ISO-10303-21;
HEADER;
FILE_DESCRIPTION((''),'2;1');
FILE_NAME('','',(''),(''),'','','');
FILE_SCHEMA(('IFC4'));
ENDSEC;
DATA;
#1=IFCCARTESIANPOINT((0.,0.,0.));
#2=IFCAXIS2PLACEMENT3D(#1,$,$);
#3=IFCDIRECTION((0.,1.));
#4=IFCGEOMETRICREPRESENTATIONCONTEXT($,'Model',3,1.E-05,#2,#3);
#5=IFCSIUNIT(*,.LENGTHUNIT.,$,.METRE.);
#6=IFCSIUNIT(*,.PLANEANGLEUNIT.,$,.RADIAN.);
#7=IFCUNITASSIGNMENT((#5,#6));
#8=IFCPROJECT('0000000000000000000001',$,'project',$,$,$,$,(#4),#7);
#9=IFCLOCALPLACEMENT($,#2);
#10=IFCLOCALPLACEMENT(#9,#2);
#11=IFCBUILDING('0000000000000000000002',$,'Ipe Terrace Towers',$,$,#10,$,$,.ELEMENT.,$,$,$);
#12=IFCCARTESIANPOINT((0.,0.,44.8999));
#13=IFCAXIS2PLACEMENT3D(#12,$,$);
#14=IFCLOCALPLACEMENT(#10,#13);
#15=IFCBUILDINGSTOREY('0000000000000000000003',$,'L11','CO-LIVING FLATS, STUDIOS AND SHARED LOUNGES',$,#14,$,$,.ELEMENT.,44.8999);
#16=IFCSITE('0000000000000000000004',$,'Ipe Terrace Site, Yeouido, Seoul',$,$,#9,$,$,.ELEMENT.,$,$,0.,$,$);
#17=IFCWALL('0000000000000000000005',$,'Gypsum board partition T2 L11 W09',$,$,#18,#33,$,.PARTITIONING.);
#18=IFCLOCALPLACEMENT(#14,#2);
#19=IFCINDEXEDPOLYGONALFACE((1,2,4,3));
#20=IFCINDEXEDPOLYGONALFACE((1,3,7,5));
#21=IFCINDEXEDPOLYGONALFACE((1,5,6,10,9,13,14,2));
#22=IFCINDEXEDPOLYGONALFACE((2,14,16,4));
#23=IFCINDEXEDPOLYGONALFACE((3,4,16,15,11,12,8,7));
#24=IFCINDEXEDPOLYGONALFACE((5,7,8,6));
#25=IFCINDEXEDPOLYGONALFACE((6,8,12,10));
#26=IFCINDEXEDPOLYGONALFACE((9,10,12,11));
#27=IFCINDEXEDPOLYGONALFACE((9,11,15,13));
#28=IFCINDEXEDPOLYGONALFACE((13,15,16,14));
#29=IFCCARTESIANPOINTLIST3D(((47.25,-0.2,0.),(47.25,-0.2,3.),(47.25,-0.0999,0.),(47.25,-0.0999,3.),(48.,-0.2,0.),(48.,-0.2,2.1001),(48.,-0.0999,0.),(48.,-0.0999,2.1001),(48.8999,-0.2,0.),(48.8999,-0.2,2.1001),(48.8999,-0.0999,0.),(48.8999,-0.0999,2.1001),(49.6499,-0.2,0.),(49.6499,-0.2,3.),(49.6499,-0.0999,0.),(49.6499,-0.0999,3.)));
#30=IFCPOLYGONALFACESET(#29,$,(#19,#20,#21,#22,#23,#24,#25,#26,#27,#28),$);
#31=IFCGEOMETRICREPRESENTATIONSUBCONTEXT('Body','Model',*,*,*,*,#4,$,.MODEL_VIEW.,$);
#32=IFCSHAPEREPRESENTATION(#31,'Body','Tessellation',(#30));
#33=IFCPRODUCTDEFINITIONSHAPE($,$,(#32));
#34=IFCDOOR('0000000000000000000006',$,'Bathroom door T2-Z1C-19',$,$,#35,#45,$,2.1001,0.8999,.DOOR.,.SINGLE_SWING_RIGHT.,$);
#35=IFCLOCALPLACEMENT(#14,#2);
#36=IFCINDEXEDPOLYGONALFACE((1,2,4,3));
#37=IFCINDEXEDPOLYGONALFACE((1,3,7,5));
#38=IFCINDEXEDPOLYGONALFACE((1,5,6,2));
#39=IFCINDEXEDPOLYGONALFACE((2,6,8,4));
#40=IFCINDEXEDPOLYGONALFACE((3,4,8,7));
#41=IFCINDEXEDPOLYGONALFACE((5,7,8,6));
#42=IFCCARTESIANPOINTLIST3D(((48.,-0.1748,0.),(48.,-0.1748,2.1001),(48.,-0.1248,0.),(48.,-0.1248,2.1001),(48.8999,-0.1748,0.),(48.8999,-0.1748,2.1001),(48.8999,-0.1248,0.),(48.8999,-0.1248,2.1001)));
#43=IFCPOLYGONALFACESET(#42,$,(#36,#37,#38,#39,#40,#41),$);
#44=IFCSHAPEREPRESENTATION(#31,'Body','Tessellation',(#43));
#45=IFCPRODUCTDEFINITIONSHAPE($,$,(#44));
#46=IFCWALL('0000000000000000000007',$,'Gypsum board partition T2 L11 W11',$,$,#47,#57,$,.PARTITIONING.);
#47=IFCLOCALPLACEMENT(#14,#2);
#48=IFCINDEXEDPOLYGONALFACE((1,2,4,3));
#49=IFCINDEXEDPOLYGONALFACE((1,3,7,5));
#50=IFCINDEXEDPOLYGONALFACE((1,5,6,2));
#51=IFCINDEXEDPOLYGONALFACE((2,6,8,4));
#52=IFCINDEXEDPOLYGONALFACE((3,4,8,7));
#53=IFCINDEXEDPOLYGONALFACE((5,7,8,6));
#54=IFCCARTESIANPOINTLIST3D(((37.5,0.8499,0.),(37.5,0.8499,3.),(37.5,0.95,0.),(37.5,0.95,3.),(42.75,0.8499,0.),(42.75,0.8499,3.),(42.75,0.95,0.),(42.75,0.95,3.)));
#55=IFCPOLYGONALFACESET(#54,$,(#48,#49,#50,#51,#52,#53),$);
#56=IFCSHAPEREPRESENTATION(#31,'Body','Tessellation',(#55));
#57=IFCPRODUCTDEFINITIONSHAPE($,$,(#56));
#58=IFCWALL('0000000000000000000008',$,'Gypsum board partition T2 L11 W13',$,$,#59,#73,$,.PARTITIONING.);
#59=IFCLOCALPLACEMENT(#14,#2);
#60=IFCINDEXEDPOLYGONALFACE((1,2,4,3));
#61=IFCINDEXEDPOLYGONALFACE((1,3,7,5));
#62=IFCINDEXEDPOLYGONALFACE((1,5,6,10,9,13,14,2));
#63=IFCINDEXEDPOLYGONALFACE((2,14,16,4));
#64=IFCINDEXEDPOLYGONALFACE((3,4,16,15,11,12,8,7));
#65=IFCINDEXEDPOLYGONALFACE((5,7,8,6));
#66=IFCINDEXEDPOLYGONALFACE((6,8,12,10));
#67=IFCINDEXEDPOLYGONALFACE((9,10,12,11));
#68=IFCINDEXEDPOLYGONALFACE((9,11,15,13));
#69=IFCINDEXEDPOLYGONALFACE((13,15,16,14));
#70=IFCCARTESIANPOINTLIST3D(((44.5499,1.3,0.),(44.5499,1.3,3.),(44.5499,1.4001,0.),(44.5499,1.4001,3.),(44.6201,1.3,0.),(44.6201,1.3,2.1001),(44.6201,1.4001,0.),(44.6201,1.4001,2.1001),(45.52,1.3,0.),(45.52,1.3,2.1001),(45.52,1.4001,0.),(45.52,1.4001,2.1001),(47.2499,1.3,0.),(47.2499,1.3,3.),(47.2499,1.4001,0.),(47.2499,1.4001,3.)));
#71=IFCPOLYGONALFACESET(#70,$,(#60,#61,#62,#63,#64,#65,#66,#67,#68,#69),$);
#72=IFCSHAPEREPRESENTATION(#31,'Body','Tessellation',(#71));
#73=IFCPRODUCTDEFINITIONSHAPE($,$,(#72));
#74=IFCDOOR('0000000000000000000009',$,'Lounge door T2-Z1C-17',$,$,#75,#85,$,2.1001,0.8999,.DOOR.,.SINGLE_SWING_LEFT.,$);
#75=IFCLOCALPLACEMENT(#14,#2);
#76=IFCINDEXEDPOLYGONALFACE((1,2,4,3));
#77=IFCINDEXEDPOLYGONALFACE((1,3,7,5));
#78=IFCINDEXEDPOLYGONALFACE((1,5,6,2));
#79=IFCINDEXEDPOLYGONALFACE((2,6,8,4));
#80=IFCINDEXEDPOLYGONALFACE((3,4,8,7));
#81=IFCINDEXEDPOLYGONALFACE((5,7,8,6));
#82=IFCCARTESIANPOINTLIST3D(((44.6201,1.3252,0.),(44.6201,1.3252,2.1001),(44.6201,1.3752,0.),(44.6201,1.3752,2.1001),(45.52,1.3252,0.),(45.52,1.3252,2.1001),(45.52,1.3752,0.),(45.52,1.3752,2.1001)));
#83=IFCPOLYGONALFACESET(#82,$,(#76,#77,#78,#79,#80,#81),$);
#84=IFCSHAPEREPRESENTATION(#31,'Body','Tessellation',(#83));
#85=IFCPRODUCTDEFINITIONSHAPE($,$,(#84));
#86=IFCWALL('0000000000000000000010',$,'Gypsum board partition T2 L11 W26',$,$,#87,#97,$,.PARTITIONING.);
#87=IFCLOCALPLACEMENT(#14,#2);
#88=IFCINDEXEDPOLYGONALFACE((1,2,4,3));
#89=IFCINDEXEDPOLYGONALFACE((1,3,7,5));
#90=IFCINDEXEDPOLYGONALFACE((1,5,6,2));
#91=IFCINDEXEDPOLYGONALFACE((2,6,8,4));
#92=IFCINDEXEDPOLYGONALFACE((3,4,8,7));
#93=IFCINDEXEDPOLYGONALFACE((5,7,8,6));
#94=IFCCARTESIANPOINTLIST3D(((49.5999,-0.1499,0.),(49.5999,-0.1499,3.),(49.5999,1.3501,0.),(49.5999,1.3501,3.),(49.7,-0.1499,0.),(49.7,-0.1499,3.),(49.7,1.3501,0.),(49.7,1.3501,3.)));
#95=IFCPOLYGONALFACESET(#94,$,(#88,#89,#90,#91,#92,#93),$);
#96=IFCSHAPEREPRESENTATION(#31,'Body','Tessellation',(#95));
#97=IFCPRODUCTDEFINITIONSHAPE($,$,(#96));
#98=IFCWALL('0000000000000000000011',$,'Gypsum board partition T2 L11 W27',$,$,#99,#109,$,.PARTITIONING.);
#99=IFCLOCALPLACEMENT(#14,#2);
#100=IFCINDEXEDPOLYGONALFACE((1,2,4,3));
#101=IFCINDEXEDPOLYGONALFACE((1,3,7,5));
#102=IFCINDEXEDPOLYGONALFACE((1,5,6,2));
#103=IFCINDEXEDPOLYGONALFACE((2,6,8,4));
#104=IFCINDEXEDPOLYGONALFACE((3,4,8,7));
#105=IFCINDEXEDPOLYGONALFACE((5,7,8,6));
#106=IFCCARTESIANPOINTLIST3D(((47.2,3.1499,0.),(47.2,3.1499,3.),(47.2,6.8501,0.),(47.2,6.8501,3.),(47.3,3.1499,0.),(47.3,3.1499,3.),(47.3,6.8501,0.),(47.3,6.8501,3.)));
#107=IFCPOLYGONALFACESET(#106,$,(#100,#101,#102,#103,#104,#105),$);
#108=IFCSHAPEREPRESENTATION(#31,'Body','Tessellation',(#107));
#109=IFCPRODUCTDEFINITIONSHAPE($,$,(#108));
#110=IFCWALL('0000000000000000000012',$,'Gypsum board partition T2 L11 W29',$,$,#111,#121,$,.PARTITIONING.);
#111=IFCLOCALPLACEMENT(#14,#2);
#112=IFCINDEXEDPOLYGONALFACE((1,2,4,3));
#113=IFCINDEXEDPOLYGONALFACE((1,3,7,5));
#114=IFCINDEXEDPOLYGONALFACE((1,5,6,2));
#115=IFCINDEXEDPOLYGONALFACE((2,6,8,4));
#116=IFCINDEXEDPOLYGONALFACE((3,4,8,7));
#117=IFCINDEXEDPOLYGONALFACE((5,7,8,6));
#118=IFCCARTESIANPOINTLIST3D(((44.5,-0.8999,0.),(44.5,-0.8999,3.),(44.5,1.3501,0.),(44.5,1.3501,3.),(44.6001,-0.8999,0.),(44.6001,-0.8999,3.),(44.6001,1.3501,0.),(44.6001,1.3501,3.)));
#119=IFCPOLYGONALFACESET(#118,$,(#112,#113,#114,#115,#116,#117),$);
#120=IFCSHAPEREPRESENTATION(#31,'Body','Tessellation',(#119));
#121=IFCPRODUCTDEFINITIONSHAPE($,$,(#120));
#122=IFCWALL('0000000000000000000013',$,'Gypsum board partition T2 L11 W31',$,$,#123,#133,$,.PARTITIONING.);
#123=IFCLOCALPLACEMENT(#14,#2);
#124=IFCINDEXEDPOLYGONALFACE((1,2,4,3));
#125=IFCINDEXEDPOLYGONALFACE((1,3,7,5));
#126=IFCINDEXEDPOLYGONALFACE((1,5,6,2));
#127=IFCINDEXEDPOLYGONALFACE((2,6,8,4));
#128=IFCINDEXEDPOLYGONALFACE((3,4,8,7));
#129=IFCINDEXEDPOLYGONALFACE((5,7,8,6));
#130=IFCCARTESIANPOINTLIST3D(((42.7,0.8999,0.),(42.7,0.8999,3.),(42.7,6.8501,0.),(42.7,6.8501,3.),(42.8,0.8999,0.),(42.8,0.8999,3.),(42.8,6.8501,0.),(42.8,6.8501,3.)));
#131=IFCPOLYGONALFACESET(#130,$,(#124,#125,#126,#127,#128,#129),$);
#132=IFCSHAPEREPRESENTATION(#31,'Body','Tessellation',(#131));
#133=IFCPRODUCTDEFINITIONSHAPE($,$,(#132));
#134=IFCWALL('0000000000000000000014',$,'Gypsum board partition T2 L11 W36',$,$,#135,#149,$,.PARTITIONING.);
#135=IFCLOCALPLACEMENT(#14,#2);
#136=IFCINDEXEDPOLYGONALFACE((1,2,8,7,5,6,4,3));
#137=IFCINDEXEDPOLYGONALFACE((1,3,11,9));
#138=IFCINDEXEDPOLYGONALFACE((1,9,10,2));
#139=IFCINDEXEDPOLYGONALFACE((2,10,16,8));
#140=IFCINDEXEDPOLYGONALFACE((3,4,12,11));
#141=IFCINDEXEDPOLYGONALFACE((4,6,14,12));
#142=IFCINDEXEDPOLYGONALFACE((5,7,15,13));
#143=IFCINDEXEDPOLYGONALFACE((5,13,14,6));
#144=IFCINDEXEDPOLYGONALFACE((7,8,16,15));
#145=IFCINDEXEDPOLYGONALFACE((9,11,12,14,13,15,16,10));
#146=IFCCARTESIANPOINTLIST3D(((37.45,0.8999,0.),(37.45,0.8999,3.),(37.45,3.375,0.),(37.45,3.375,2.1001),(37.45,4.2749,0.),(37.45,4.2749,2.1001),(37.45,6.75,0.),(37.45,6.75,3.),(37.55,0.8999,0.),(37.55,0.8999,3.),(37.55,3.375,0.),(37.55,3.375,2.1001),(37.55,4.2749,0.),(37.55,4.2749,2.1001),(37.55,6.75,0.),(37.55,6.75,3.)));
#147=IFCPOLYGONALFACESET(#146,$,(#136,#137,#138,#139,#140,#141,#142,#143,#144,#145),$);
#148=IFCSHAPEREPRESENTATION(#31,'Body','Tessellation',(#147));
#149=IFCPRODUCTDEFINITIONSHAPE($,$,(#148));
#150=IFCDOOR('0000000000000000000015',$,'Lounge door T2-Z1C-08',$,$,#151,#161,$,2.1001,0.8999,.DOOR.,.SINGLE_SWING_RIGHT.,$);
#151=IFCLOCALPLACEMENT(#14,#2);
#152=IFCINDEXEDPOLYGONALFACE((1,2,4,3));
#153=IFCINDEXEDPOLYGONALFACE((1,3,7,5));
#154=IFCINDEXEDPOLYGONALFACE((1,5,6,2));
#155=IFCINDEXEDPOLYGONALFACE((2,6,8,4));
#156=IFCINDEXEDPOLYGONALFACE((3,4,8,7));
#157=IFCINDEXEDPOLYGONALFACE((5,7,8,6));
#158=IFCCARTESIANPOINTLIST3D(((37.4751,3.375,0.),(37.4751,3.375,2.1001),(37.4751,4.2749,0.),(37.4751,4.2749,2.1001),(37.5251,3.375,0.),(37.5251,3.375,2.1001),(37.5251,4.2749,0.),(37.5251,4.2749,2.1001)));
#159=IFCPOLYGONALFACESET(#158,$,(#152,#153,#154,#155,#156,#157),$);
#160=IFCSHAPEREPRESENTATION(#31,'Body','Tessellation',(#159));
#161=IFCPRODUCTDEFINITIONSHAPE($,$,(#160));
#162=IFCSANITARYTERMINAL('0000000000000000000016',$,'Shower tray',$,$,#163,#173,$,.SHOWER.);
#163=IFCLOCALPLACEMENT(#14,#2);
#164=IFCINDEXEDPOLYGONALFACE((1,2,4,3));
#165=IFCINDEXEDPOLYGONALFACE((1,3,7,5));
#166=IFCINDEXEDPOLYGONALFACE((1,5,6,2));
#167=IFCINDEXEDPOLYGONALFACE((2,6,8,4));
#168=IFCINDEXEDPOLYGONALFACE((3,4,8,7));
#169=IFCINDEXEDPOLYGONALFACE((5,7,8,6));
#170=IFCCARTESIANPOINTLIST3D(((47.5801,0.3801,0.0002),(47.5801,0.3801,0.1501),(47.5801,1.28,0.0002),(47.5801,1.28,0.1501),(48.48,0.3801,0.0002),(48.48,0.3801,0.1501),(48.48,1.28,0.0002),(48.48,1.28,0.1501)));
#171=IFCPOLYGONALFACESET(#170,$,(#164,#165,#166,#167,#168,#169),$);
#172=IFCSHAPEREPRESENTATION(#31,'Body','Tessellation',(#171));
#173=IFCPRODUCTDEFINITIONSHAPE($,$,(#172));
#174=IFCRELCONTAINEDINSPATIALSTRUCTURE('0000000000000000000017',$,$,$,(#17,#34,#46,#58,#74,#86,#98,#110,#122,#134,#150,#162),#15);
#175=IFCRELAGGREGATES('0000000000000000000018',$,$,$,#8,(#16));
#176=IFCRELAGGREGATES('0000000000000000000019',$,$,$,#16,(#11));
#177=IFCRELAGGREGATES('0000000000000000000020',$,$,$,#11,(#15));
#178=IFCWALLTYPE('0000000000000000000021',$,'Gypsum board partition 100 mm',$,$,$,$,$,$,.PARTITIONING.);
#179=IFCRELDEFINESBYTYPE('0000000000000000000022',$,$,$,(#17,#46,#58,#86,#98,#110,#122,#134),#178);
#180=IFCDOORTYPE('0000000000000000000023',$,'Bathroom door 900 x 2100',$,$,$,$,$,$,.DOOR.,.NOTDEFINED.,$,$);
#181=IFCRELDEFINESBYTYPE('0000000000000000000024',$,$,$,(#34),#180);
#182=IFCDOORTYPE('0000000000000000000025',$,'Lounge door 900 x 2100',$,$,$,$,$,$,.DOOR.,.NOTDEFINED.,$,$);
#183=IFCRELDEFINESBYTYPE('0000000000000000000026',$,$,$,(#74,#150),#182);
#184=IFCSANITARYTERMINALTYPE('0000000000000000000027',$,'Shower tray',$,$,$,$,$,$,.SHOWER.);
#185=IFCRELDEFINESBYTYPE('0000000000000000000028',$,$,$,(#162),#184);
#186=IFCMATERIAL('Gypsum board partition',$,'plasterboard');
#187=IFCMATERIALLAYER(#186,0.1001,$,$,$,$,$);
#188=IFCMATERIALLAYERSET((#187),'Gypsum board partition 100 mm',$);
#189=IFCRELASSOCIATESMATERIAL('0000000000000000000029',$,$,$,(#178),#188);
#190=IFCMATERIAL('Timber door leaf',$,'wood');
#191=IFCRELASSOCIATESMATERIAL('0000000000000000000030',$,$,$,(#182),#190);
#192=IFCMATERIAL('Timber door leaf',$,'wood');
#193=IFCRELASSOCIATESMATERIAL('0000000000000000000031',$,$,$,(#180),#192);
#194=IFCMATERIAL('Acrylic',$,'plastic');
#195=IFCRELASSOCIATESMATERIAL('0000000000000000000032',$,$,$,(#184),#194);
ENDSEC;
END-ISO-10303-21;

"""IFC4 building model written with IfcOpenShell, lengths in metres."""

from ifc_helpers import new_model, si_unit, direction, frame, frame_2d, origin, origin_2d, place, context, subcontext, project, spatial, rectangle, extrude, material, layer, layer_set, type_object, element, fill, save


model = new_model("IFC4")

# Units and contexts
model_context = context("Model", 3, precision=1e-05, world=origin(), true_north=direction((0.0, 1.0)))
body_context = subcontext(model_context, "Body", "Model", "MODEL_VIEW")
ifc_project = project(units=[si_unit("LENGTHUNIT", "METRE"), si_unit("PLANEANGLEUNIT", "RADIAN")], contexts=[model_context])

# Site, building, storey
site_placement = place(None, origin())
site = spatial("IfcSite", under=ifc_project, at=site_placement, Name="Ipe Terrace Site, Yeouido, Seoul", CompositionType="ELEMENT", RefElevation=0.0)
building_placement = place(site_placement, origin())
building = spatial("IfcBuilding", under=site, at=building_placement, Name="Ipe Terrace Towers", CompositionType="ELEMENT")
storey_placement = place(building_placement, frame((0.0, 0.0, 44.8999)))
storey = spatial("IfcBuildingStorey", under=building, at=storey_placement, Name="L11", Description="CO-LIVING FLATS, STUDIOS AND SHARED LOUNGES", CompositionType="ELEMENT", Elevation=44.8999)

# Wall, opening, door
ifc_material_1 = material(Name="Gypsum board partition", Category="plasterboard")
ifc_layer_1 = layer(ifc_material_1, 0.1001)
ifc_layer_set_1 = layer_set([ifc_layer_1], Name="Gypsum board partition 100 mm")
wall_type = type_object("IfcWallType", Name="Gypsum board partition 100 mm", PredefinedType="PARTITIONING", material=ifc_layer_set_1)
ifc_material_2 = material(Name="Timber door leaf", Category="wood")
door_type_1 = type_object("IfcDoorType", Name="Lounge door 900 x 2100", OperationType="NOTDEFINED", PredefinedType="DOOR", material=ifc_material_2)
wall_1_placement = place(storey_placement, frame((49.6499, -0.1499, 0.0), z_axis=(0.0, 0.0, 1.0), x_axis=(-1.0, 0.0, 0.0)))
wall_1 = element("IfcWall", 1, at=wall_1_placement, inside=storey, type_object=wall_type, Name="Gypsum board partition T2 L11 W09", PredefinedType="PARTITIONING", context=body_context, shape_type="SweptSolid", body=[
    extrude(rectangle(XDim=2.3999, YDim=0.1001, at=frame_2d((1.2, 0.0))), origin(), (0.0, 0.0, 1.0), 3.0),
])
opening_1_placement = place(wall_1_placement, frame((0.75, 0.0, 0.0)))
opening_1 = element("IfcOpeningElement", 2, at=opening_1_placement, cuts=wall_1, PredefinedType="OPENING", context=body_context, shape_type="SweptSolid", body=[
    extrude(rectangle(XDim=0.8999, YDim=2.1001, at=frame_2d((0.45, 1.05))), frame((0.0, 0.0601, 0.0), z_axis=(0.0, -1.0, 0.0), x_axis=(1.0, 0.0, 0.0)), (0.0, 0.0, 1.0), 0.1201),
])
ifc_material_3 = material(Name="Timber door leaf", Category="wood")
door_type_2 = type_object("IfcDoorType", Name="Bathroom door 900 x 2100", OperationType="NOTDEFINED", PredefinedType="DOOR", material=ifc_material_3)
door_1_placement = place(opening_1_placement, origin())
door_1 = element("IfcDoor", 3, at=door_1_placement, inside=storey, type_object=door_type_2, Name="Bathroom door T2-Z1C-19", OperationType="SINGLE_SWING_RIGHT", OverallHeight=2.1001, OverallWidth=0.8999, PredefinedType="DOOR", context=body_context, shape_type="SweptSolid", body=[
    extrude(rectangle(XDim=0.8999, YDim=2.1001, at=frame_2d((0.45, 1.05))), frame((0.0, 0.0249, 0.0), z_axis=(0.0, -1.0, 0.0), x_axis=(1.0, 0.0, 0.0)), (0.0, 0.0, 1.0), 0.05),
])
fill(opening_1, door_1)

# Wall
wall_2_placement = place(storey_placement, frame((42.75, 0.8999, 0.0), z_axis=(0.0, 0.0, 1.0), x_axis=(-1.0, 0.0, 0.0)))
element("IfcWall", 4, at=wall_2_placement, inside=storey, type_object=wall_type, Name="Gypsum board partition T2 L11 W11", PredefinedType="PARTITIONING", context=body_context, shape_type="SweptSolid", body=[
    extrude(rectangle(XDim=5.25, YDim=0.1001, at=frame_2d((2.625, 0.0))), origin(), (0.0, 0.0, 1.0), 3.0),
])

# Wall, opening, door
wall_3_placement = place(storey_placement, frame((47.25, 1.3501, 0.0), z_axis=(0.0, 0.0, 1.0), x_axis=(-1.0, 0.0, 0.0)))
wall_3 = element("IfcWall", 5, at=wall_3_placement, inside=storey, type_object=wall_type, Name="Gypsum board partition T2 L11 W13", PredefinedType="PARTITIONING", context=body_context, shape_type="SweptSolid", body=[
    extrude(rectangle(XDim=2.7, YDim=0.1001, at=frame_2d((1.3501, 0.0))), origin(), (0.0, 0.0, 1.0), 3.0),
])
opening_2_placement = place(wall_3_placement, frame((1.73, 0.0, 0.0)))
opening_2 = element("IfcOpeningElement", 6, at=opening_2_placement, cuts=wall_3, PredefinedType="OPENING", context=body_context, shape_type="SweptSolid", body=[
    extrude(rectangle(XDim=0.8999, YDim=2.1001, at=frame_2d((0.45, 1.05))), frame((0.0, 0.0601, 0.0), z_axis=(0.0, -1.0, 0.0), x_axis=(1.0, 0.0, 0.0)), (0.0, 0.0, 1.0), 0.1201),
])
door_2_placement = place(opening_2_placement, origin())
door_2 = element("IfcDoor", 7, at=door_2_placement, inside=storey, type_object=door_type_1, Name="Lounge door T2-Z1C-17", OperationType="SINGLE_SWING_LEFT", OverallHeight=2.1001, OverallWidth=0.8999, PredefinedType="DOOR", context=body_context, shape_type="SweptSolid", body=[
    extrude(rectangle(XDim=0.8999, YDim=2.1001, at=frame_2d((0.45, 1.05))), frame((0.0, 0.0249, 0.0), z_axis=(0.0, -1.0, 0.0), x_axis=(1.0, 0.0, 0.0)), (0.0, 0.0, 1.0), 0.05),
])
fill(opening_2, door_2)

# Walls
wall_4_placement = place(storey_placement, frame((49.6499, -0.1499, 0.0), z_axis=(0.0, 0.0, 1.0), x_axis=(0.0, 1.0, 0.0)))
element("IfcWall", 8, at=wall_4_placement, inside=storey, type_object=wall_type, Name="Gypsum board partition T2 L11 W26", PredefinedType="PARTITIONING", context=body_context, shape_type="SweptSolid", body=[
    extrude(rectangle(XDim=1.5, YDim=0.1001, at=frame_2d((0.75, 0.0))), origin(), (0.0, 0.0, 1.0), 3.0),
])
wall_5_placement = place(storey_placement, frame((47.25, 3.1499, 0.0), z_axis=(0.0, 0.0, 1.0), x_axis=(0.0, 1.0, 0.0)))
element("IfcWall", 9, at=wall_5_placement, inside=storey, type_object=wall_type, Name="Gypsum board partition T2 L11 W27", PredefinedType="PARTITIONING", context=body_context, shape_type="SweptSolid", body=[
    extrude(rectangle(XDim=3.7002, YDim=0.1001, at=frame_2d((1.8501, 0.0))), origin(), (0.0, 0.0, 1.0), 3.0),
])
wall_6_placement = place(storey_placement, frame((44.55, -0.8999, 0.0), z_axis=(0.0, 0.0, 1.0), x_axis=(0.0, 1.0, 0.0)))
element("IfcWall", 10, at=wall_6_placement, inside=storey, type_object=wall_type, Name="Gypsum board partition T2 L11 W29", PredefinedType="PARTITIONING", context=body_context, shape_type="SweptSolid", body=[
    extrude(rectangle(XDim=2.25, YDim=0.1001, at=frame_2d((1.125, 0.0))), origin(), (0.0, 0.0, 1.0), 3.0),
])
wall_7_placement = place(storey_placement, frame((42.75, 0.8999, 0.0), z_axis=(0.0, 0.0, 1.0), x_axis=(0.0, 1.0, 0.0)))
element("IfcWall", 11, at=wall_7_placement, inside=storey, type_object=wall_type, Name="Gypsum board partition T2 L11 W31", PredefinedType="PARTITIONING", context=body_context, shape_type="SweptSolid", body=[
    extrude(rectangle(XDim=5.9502, YDim=0.1001, at=frame_2d((2.9751, 0.0))), origin(), (0.0, 0.0, 1.0), 3.0),
])

# Wall, opening, door
wall_8_placement = place(storey_placement, frame((37.5, 0.8999, 0.0), z_axis=(0.0, 0.0, 1.0), x_axis=(0.0, 1.0, 0.0)))
wall_8 = element("IfcWall", 12, at=wall_8_placement, inside=storey, type_object=wall_type, Name="Gypsum board partition T2 L11 W36", PredefinedType="PARTITIONING", context=body_context, shape_type="SweptSolid", body=[
    extrude(rectangle(XDim=5.8501, YDim=0.1001, at=frame_2d((2.925, 0.0))), origin(), (0.0, 0.0, 1.0), 3.0),
])
opening_3_placement = place(wall_8_placement, frame((2.4751, 0.0, 0.0)))
opening_3 = element("IfcOpeningElement", 13, at=opening_3_placement, cuts=wall_8, PredefinedType="OPENING", context=body_context, shape_type="SweptSolid", body=[
    extrude(rectangle(XDim=0.8999, YDim=2.1001, at=frame_2d((0.45, 1.05))), frame((0.0, 0.0601, 0.0), z_axis=(0.0, -1.0, 0.0), x_axis=(1.0, 0.0, 0.0)), (0.0, 0.0, 1.0), 0.1201),
])
door_3_placement = place(opening_3_placement, origin())
door_3 = element("IfcDoor", 14, at=door_3_placement, inside=storey, type_object=door_type_1, Name="Lounge door T2-Z1C-08", OperationType="SINGLE_SWING_RIGHT", OverallHeight=2.1001, OverallWidth=0.8999, PredefinedType="DOOR", context=body_context, shape_type="SweptSolid", body=[
    extrude(rectangle(XDim=0.8999, YDim=2.1001, at=frame_2d((0.45, 1.05))), frame((0.0, 0.0249, 0.0), z_axis=(0.0, -1.0, 0.0), x_axis=(1.0, 0.0, 0.0)), (0.0, 0.0, 1.0), 0.05),
])
fill(opening_3, door_3)

# Sanitary terminal
ifc_material_4 = material(Name="Acrylic", Category="plastic")
sanitary_terminal_type_1 = type_object("IfcSanitaryTerminalType", Name="Shower tray", PredefinedType="SHOWER", material=ifc_material_4)
sanitary_terminal_1_placement = place(storey_placement, frame((48.03, 0.8301, 0.0002), z_axis=(0.0, 0.0, 1.0), x_axis=(0.0, -1.0, 0.0)))
element("IfcSanitaryTerminal", 15, at=sanitary_terminal_1_placement, inside=storey, type_object=sanitary_terminal_type_1, Name="Shower tray", PredefinedType="SHOWER", context=body_context, shape_type="SweptSolid", body=[
    extrude(rectangle(XDim=0.8999, YDim=0.8999, at=origin_2d()), origin(), (0.0, 0.0, 1.0), 0.1499),
])

save(model, "model.ifc")
